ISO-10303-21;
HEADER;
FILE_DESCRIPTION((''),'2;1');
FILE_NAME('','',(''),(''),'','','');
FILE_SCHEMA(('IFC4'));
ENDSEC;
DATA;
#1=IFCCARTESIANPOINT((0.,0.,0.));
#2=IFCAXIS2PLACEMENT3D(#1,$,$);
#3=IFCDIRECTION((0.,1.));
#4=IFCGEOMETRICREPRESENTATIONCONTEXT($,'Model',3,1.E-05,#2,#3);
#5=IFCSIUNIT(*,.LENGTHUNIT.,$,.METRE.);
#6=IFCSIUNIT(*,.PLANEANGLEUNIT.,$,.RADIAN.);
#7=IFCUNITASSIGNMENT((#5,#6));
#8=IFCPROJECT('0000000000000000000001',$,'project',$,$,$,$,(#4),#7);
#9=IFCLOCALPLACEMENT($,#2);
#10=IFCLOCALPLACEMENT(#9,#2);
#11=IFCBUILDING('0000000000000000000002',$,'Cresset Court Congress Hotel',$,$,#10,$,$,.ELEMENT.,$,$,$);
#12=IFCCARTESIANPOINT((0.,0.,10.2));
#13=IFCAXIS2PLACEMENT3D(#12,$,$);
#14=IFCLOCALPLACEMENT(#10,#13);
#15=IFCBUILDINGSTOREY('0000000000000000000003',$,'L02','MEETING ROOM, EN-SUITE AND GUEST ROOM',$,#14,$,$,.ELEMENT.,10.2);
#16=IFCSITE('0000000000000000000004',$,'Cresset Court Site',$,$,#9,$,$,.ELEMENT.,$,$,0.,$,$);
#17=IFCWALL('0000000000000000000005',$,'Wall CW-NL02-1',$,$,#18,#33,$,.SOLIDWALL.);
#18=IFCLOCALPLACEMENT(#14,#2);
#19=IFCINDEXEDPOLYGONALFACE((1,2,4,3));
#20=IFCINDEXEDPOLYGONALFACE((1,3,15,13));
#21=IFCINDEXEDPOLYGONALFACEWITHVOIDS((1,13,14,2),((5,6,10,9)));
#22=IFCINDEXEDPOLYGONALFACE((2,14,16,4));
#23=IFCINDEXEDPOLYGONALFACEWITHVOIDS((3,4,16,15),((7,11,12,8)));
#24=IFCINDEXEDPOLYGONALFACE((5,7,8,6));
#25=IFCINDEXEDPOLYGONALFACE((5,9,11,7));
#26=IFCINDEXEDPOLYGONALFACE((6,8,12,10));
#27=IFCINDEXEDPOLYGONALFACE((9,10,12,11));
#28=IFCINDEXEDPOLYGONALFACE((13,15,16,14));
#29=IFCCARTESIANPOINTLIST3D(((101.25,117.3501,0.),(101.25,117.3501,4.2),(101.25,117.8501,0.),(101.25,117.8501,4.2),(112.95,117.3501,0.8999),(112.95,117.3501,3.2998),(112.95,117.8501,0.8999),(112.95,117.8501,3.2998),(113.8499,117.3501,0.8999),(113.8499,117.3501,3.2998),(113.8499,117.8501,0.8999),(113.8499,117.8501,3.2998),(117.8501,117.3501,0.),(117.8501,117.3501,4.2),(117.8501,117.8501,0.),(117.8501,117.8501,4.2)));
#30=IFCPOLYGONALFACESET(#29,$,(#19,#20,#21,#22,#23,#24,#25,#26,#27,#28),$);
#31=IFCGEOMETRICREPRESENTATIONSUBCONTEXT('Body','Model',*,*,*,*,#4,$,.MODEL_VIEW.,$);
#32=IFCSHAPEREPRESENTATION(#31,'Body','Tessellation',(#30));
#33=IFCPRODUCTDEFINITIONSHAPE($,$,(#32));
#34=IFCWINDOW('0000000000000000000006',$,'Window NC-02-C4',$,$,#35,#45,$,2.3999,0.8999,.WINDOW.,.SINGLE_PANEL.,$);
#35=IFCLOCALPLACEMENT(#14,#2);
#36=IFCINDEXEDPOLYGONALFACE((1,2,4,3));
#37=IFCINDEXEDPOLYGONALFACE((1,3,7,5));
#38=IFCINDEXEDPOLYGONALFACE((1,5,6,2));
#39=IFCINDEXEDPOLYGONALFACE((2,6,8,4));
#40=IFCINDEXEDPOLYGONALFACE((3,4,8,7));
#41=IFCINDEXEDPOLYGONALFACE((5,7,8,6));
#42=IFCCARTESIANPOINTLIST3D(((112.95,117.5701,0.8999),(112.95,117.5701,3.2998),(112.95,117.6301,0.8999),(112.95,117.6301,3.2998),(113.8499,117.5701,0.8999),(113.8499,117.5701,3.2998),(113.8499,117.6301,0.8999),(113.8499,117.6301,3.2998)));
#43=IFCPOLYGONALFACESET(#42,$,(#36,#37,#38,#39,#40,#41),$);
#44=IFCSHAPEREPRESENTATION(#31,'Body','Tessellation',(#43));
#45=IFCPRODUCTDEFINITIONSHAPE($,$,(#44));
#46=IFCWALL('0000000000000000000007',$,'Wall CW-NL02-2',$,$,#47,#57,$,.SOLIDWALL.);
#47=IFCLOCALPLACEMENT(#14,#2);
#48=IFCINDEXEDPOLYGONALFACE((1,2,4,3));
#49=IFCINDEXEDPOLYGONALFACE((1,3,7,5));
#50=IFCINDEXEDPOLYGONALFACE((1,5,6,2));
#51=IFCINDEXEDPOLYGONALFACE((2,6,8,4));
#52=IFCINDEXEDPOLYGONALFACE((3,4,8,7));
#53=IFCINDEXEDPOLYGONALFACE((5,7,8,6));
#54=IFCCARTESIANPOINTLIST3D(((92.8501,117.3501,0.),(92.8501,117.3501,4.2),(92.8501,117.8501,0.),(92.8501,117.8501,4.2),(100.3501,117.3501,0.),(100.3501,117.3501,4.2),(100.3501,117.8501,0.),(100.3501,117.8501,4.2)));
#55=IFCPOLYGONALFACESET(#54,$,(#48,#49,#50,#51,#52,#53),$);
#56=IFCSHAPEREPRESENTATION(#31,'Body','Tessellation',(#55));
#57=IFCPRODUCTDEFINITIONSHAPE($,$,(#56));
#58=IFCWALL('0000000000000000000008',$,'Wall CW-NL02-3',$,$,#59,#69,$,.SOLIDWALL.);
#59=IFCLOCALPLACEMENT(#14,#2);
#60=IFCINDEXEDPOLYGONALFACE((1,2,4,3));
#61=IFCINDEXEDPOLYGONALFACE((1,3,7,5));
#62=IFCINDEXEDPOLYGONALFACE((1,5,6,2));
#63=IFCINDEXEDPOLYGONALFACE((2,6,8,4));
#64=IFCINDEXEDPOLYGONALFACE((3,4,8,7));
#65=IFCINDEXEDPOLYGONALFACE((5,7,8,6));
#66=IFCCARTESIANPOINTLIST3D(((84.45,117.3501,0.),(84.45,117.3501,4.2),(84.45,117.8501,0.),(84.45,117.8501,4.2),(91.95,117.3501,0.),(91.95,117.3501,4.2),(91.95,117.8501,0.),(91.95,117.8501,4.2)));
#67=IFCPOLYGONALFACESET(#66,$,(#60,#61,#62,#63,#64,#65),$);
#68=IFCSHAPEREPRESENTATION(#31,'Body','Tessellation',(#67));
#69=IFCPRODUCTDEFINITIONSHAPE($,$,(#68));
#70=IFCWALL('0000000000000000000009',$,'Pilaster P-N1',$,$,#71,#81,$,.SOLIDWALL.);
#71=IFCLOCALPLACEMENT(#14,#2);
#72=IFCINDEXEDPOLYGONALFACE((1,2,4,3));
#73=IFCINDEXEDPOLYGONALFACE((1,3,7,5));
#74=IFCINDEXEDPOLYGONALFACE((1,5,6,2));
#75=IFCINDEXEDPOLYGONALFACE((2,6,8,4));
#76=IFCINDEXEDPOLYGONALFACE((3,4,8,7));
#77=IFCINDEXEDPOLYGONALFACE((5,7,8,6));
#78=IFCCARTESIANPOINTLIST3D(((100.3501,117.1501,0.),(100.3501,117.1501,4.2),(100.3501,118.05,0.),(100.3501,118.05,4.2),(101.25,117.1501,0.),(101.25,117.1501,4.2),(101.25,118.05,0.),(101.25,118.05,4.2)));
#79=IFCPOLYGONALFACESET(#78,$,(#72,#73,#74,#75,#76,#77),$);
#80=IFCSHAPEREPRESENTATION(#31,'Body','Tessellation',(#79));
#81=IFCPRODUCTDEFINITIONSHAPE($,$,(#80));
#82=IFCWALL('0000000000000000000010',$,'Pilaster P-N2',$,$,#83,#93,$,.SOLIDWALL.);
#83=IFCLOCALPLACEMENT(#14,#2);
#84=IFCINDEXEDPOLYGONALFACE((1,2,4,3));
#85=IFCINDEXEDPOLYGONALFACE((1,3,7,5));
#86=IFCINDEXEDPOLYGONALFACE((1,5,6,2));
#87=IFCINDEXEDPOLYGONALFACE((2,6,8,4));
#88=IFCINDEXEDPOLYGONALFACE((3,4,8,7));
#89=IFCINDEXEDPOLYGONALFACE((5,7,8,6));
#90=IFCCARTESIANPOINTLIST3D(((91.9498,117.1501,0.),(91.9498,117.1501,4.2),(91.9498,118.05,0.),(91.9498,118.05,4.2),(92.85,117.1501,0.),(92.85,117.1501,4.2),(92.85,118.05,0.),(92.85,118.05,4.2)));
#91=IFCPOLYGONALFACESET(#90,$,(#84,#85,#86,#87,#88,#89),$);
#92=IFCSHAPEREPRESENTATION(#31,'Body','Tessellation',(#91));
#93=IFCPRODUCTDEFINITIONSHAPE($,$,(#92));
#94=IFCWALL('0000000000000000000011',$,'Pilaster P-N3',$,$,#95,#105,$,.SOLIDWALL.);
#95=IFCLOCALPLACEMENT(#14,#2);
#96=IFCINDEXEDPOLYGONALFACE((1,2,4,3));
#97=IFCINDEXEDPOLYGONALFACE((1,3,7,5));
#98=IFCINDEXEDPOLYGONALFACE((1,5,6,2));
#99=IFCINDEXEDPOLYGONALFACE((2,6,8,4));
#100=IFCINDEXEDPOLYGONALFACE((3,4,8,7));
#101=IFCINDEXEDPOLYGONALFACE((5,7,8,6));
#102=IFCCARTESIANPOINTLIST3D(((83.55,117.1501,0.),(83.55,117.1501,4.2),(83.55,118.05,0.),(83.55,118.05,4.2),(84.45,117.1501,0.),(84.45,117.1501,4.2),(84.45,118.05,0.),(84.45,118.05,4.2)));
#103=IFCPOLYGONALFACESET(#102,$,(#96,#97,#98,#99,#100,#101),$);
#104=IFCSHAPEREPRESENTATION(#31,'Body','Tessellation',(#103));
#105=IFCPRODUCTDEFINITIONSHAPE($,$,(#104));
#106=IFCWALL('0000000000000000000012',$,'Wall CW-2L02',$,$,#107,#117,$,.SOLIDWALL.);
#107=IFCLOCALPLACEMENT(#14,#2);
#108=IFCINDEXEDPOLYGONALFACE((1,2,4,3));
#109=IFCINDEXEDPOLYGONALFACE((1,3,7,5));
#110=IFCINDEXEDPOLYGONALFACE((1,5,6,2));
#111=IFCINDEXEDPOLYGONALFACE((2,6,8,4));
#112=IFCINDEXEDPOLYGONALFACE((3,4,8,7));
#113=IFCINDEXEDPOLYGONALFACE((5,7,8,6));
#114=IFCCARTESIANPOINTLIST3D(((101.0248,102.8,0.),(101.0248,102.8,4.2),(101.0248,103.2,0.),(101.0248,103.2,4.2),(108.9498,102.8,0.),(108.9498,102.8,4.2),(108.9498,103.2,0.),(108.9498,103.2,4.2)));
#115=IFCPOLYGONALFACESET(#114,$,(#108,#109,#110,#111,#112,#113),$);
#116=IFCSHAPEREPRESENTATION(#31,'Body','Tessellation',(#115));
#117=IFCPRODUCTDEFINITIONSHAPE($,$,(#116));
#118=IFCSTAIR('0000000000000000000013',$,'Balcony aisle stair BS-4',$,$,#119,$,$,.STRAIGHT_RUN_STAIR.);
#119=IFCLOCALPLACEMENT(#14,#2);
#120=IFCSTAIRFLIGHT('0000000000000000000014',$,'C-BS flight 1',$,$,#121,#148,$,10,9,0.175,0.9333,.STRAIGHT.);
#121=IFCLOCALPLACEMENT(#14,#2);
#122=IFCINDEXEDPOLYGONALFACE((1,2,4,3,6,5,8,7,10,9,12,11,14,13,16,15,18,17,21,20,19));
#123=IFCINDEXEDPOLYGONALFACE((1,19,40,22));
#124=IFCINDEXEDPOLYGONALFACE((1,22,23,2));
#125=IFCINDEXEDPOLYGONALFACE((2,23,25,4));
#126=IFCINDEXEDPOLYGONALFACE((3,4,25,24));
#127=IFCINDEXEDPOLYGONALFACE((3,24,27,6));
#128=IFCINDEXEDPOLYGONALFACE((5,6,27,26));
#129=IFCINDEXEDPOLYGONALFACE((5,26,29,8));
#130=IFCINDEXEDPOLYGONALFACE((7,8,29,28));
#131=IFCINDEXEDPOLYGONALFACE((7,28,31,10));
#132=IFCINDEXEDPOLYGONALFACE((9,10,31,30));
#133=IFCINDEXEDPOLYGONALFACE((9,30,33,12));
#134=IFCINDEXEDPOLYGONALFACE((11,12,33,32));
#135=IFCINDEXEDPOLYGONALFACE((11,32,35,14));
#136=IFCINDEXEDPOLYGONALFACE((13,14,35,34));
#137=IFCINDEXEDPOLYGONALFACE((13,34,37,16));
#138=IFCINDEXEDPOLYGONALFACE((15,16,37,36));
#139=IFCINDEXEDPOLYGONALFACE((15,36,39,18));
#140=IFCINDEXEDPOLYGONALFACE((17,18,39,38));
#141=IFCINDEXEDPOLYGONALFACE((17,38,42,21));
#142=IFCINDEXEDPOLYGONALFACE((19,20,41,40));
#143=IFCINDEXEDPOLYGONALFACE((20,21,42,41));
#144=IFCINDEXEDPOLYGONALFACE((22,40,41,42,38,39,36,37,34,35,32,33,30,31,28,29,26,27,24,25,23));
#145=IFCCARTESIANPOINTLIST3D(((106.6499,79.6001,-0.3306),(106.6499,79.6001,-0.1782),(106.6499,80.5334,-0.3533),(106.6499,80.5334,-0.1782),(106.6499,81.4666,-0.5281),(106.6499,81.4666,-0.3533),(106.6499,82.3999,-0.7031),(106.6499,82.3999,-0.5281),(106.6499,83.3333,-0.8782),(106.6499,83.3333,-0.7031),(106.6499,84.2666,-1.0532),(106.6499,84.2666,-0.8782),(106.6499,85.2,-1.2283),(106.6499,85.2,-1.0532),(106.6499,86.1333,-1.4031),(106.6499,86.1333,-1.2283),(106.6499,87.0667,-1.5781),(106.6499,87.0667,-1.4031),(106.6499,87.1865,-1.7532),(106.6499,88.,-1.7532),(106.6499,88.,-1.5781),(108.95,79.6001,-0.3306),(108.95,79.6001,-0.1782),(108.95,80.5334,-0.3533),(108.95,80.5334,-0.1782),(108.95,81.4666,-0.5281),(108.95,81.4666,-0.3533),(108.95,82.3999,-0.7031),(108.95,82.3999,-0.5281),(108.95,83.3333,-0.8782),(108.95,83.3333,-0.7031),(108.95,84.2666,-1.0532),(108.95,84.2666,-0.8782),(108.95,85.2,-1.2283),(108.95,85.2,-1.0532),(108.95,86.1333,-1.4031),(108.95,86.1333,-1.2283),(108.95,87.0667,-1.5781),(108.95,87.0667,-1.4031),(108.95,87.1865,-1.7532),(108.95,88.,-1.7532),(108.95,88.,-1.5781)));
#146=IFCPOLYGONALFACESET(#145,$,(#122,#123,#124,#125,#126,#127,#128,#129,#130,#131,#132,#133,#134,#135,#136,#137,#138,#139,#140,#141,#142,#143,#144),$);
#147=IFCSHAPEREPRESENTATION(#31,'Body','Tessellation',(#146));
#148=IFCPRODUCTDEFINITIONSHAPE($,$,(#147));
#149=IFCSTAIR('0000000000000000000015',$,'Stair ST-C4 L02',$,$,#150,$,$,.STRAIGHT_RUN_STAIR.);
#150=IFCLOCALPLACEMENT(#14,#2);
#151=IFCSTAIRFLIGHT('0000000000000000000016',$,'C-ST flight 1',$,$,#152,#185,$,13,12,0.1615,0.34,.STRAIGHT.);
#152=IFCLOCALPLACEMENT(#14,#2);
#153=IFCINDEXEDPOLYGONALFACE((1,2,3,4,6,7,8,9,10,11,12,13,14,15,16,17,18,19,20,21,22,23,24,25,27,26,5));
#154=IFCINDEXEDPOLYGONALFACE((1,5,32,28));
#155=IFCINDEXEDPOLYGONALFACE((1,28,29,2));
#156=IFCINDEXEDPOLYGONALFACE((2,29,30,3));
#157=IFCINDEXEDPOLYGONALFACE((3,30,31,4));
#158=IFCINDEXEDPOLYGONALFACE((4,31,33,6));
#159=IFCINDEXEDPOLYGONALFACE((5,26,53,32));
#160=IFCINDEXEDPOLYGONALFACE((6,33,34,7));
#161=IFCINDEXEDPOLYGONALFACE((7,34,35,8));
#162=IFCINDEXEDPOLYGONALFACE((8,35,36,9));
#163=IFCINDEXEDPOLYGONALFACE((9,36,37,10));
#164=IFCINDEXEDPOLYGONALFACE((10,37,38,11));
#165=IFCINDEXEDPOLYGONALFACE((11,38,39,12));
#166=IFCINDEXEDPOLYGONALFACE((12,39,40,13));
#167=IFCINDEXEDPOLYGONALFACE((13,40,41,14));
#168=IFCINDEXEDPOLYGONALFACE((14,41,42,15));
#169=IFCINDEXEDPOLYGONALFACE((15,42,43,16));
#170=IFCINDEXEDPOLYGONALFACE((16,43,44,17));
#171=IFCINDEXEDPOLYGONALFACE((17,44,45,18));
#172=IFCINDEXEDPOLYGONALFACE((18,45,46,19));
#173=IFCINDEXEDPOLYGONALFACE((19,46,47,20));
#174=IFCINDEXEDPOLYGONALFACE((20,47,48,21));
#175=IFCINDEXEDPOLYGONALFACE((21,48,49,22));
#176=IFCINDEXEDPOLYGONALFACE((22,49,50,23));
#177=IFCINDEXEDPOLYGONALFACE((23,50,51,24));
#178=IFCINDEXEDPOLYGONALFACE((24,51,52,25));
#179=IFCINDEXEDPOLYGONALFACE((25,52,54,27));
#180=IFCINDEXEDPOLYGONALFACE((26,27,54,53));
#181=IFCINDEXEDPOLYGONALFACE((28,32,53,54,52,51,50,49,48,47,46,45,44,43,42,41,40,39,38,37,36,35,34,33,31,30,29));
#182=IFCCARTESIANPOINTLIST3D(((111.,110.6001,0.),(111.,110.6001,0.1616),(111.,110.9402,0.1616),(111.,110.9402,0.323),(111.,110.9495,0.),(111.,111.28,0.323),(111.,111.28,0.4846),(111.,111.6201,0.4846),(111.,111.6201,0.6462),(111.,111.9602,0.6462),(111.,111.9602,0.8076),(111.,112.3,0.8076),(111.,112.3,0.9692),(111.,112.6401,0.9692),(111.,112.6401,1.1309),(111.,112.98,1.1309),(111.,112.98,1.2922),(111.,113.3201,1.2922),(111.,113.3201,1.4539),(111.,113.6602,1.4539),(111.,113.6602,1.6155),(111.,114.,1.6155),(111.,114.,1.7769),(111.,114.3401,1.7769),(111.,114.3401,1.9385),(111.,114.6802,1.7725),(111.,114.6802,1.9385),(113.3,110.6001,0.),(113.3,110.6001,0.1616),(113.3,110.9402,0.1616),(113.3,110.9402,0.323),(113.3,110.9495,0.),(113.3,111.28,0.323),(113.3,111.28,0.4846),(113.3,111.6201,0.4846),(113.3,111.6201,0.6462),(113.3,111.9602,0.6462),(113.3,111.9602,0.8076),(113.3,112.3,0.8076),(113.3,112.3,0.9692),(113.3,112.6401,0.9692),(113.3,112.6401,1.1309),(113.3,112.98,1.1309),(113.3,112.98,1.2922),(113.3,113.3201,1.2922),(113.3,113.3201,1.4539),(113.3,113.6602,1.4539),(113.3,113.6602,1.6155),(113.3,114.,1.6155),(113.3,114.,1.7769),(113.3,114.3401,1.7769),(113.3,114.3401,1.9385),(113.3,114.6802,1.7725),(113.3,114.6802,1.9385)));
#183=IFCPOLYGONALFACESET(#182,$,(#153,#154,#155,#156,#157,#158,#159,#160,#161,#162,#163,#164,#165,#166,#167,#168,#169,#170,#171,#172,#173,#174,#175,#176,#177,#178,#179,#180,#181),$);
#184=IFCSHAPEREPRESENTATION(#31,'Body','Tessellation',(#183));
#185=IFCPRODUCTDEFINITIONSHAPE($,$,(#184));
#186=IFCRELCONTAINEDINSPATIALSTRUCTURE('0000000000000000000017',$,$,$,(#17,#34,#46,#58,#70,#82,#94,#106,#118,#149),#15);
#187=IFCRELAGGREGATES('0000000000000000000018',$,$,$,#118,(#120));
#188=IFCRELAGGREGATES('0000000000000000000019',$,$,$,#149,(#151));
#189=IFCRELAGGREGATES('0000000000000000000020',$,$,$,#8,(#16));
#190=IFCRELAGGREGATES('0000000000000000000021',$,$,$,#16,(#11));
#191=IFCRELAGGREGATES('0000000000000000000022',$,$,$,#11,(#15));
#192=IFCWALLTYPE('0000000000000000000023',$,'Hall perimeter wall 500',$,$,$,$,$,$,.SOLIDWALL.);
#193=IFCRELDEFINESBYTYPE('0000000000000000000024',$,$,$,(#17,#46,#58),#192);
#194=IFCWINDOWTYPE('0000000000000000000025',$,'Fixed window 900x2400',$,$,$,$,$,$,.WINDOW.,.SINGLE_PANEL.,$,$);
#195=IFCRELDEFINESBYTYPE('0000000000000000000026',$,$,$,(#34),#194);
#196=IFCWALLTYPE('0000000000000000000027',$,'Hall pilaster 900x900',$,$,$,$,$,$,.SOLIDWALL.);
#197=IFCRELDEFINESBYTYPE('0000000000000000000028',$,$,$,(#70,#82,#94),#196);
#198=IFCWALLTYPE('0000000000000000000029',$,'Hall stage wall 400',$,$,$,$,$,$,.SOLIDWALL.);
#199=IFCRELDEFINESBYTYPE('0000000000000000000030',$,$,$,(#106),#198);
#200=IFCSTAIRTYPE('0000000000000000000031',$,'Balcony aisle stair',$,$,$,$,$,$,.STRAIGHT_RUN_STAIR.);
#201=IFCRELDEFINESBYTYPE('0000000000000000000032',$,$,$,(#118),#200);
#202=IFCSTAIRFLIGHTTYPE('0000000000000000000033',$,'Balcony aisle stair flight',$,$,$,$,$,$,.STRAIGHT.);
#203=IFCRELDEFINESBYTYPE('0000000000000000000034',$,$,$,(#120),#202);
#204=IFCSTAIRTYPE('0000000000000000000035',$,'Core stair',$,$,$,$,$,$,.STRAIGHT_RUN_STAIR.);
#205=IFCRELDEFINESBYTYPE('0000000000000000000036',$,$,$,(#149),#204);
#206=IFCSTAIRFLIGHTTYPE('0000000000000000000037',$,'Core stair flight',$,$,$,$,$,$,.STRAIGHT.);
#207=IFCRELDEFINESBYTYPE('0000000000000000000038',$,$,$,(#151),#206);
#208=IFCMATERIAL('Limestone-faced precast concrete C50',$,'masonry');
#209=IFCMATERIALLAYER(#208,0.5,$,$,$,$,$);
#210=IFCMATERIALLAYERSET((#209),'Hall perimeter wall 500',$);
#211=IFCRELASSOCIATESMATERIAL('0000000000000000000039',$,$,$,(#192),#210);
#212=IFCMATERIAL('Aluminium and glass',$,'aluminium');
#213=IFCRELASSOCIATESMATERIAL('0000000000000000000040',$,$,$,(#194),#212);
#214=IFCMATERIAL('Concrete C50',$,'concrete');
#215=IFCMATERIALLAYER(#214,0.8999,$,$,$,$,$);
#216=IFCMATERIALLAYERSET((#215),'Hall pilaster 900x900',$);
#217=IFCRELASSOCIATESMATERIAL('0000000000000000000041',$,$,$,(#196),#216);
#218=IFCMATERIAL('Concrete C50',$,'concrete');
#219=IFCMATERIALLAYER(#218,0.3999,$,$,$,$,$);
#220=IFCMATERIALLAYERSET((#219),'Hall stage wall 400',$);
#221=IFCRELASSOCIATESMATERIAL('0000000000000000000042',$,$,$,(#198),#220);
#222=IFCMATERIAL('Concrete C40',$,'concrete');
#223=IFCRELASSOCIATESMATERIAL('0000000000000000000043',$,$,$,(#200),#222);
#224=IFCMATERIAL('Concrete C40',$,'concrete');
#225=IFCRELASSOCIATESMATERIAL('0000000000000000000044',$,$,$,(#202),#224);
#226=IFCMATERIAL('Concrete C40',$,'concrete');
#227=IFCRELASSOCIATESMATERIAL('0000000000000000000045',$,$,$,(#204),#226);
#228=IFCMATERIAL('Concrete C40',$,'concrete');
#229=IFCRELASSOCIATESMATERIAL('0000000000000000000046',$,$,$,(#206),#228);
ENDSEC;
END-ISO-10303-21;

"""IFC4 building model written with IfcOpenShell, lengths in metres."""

from ifc_helpers import new_model, si_unit, direction, frame, frame_2d, origin, place, context, subcontext, project, spatial, polyline, rectangle, outline, extrude, material, layer, layer_set, type_object, element, fill, aggregate, save


model = new_model("IFC4")

# Units and contexts
model_context = context("Model", 3, precision=1e-05, world=origin(), true_north=direction((0.0, 1.0)))
body_context = subcontext(model_context, "Body", "Model", "MODEL_VIEW")
ifc_project = project(units=[si_unit("LENGTHUNIT", "METRE"), si_unit("PLANEANGLEUNIT", "RADIAN")], contexts=[model_context])

# Site, building, storey
site_placement = place(None, origin())
site = spatial("IfcSite", under=ifc_project, at=site_placement, Name="Cresset Court Site", CompositionType="ELEMENT", RefElevation=0.0)
building_placement = place(site_placement, origin())
building = spatial("IfcBuilding", under=site, at=building_placement, Name="Cresset Court Congress Hotel", CompositionType="ELEMENT")
storey_placement = place(building_placement, frame((0.0, 0.0, 10.2)))
storey = spatial("IfcBuildingStorey", under=building, at=storey_placement, Name="L02", Description="MEETING ROOM, EN-SUITE AND GUEST ROOM", CompositionType="ELEMENT", Elevation=10.2)

# Wall, opening, window
ifc_material_1 = material(Name="Limestone-faced precast concrete C50", Category="masonry")
ifc_layer_1 = layer(ifc_material_1, 0.5)
ifc_layer_set_1 = layer_set([ifc_layer_1], Name="Hall perimeter wall 500")
wall_type_1 = type_object("IfcWallType", Name="Hall perimeter wall 500", PredefinedType="SOLIDWALL", material=ifc_layer_set_1)
wall_1_placement = place(storey_placement, frame((101.25, 117.6001, 0.0), z_axis=(0.0, 0.0, 1.0), x_axis=(1.0, 0.0, 0.0)))
wall_1 = element("IfcWall", 1, at=wall_1_placement, inside=storey, type_object=wall_type_1, Name="Wall CW-NL02-1", PredefinedType="SOLIDWALL", context=body_context, shape_type="SweptSolid", body=[
    extrude(rectangle(XDim=16.6001, YDim=0.5, at=frame_2d((8.3, 0.0))), origin(), (0.0, 0.0, 1.0), 4.2),
])
opening_1_placement = place(wall_1_placement, frame((11.7, 0.0, 0.8999)))
opening_1 = element("IfcOpeningElement", 2, at=opening_1_placement, cuts=wall_1, PredefinedType="OPENING", context=body_context, shape_type="SweptSolid", body=[
    extrude(rectangle(XDim=0.8999, YDim=2.3999, at=frame_2d((0.45, 1.2))), frame((0.0, 0.26, 0.0), z_axis=(0.0, -1.0, 0.0), x_axis=(1.0, 0.0, 0.0)), (0.0, 0.0, 1.0), 0.52),
])
ifc_material_2 = material(Name="Aluminium and glass", Category="aluminium")
window_type = type_object("IfcWindowType", Name="Fixed window 900x2400", PartitioningType="SINGLE_PANEL", PredefinedType="WINDOW", material=ifc_material_2)
window_placement = place(opening_1_placement, origin())
window = element("IfcWindow", 3, at=window_placement, inside=storey, type_object=window_type, Name="Window NC-02-C4", OverallHeight=2.3999, OverallWidth=0.8999, PartitioningType="SINGLE_PANEL", PredefinedType="WINDOW", context=body_context, shape_type="SweptSolid", body=[
    extrude(rectangle(XDim=0.8999, YDim=2.3999, at=frame_2d((0.45, 1.2))), frame((0.0, 0.03, 0.0), z_axis=(0.0, -1.0, 0.0), x_axis=(1.0, 0.0, 0.0)), (0.0, 0.0, 1.0), 0.0601),
])
fill(opening_1, window)

# Walls
for number, where, z_axis, x_axis, name in (
    (4, (92.8501, 117.6001, 0.0), (0.0, 0.0, 1.0), (1.0, 0.0, 0.0), "Wall CW-NL02-2"),
    (5, (84.45, 117.6001, 0.0), (0.0, 0.0, 1.0), (1.0, 0.0, 0.0), "Wall CW-NL02-3"),
):
    element("IfcWall", number, at=place(storey_placement, frame(where, z_axis=z_axis, x_axis=x_axis)), inside=storey, type_object=wall_type_1, Name=name, PredefinedType="SOLIDWALL", context=body_context, shape_type="SweptSolid", body=[
        extrude(rectangle(XDim=7.5, YDim=0.5, at=frame_2d((3.75, 0.0))), origin(), (0.0, 0.0, 1.0), 4.2),
    ])
ifc_material_3 = material(Name="Concrete C50", Category="concrete")
ifc_layer_2 = layer(ifc_material_3, 0.8999)
ifc_layer_set_2 = layer_set([ifc_layer_2], Name="Hall pilaster 900x900")
wall_type_2 = type_object("IfcWallType", Name="Hall pilaster 900x900", PredefinedType="SOLIDWALL", material=ifc_layer_set_2)
wall_2_placement = place(storey_placement, frame((101.25, 117.6001, 0.0), z_axis=(0.0, 0.0, 1.0), x_axis=(-1.0, 0.0, 0.0)))
element("IfcWall", 6, at=wall_2_placement, inside=storey, type_object=wall_type_2, Name="Pilaster P-N1", PredefinedType="SOLIDWALL", context=body_context, shape_type="SweptSolid", body=[
    extrude(rectangle(XDim=0.8999, YDim=0.8999, at=frame_2d((0.45, 0.0))), origin(), (0.0, 0.0, 1.0), 4.2),
])
wall_3_placement = place(storey_placement, frame((92.8501, 117.6001, 0.0), z_axis=(0.0, 0.0, 1.0), x_axis=(-1.0, 0.0, 0.0)))
element("IfcWall", 7, at=wall_3_placement, inside=storey, type_object=wall_type_2, Name="Pilaster P-N2", PredefinedType="SOLIDWALL", context=body_context, shape_type="SweptSolid", body=[
    extrude(rectangle(XDim=0.9001, YDim=0.8999, at=frame_2d((0.4502, 0.0))), origin(), (0.0, 0.0, 1.0), 4.2),
])
wall_4_placement = place(storey_placement, frame((84.45, 117.6001, 0.0), z_axis=(0.0, 0.0, 1.0), x_axis=(-1.0, 0.0, 0.0)))
element("IfcWall", 8, at=wall_4_placement, inside=storey, type_object=wall_type_2, Name="Pilaster P-N3", PredefinedType="SOLIDWALL", context=body_context, shape_type="SweptSolid", body=[
    extrude(rectangle(XDim=0.8999, YDim=0.8999, at=frame_2d((0.45, 0.0))), origin(), (0.0, 0.0, 1.0), 4.2),
])
ifc_material_4 = material(Name="Concrete C50", Category="concrete")
ifc_layer_3 = layer(ifc_material_4, 0.3999)
ifc_layer_set_3 = layer_set([ifc_layer_3], Name="Hall stage wall 400")
wall_type_3 = type_object("IfcWallType", Name="Hall stage wall 400", PredefinedType="SOLIDWALL", material=ifc_layer_set_3)
wall_5_placement = place(storey_placement, frame((101.0249, 103.0, 0.0), z_axis=(0.0, 0.0, 1.0), x_axis=(1.0, 0.0, 0.0)))
element("IfcWall", 9, at=wall_5_placement, inside=storey, type_object=wall_type_3, Name="Wall CW-2L02", PredefinedType="SOLIDWALL", context=body_context, shape_type="SweptSolid", body=[
    extrude(rectangle(XDim=7.925, YDim=0.3999, at=frame_2d((3.9624, 0.0))), origin(), (0.0, 0.0, 1.0), 4.2),
])

# Stairs, stair flights
ifc_material_5 = material(Name="Concrete C40", Category="concrete")
stair_type_1 = type_object("IfcStairType", Name="Balcony aisle stair", PredefinedType="STRAIGHT_RUN_STAIR", material=ifc_material_5)
stair_1_placement = place(storey_placement, origin())
stair_1 = element("IfcStair", 10, at=stair_1_placement, inside=storey, type_object=stair_type_1, Name="Balcony aisle stair BS-4", PredefinedType="STRAIGHT_RUN_STAIR")
ifc_material_6 = material(Name="Concrete C40", Category="concrete")
stair_flight_type_1 = type_object("IfcStairFlightType", Name="Balcony aisle stair flight", PredefinedType="STRAIGHT", material=ifc_material_6)
stair_flight_1_placement = place(storey_placement, frame((107.8, 88.0, -1.7532), z_axis=(0.0, 0.0, 1.0), x_axis=(0.0, -1.0, 0.0)))
stair_flight_1 = element("IfcStairFlight", 11, at=stair_flight_1_placement, type_object=stair_flight_type_1, Name="C-BS flight 1", NumberOfRisers=10, NumberOfTreads=9, PredefinedType="STRAIGHT", RiserHeight=0.175, TreadLength=0.9333, context=body_context, shape_type="SweptSolid", body=[
    extrude(outline(polyline([(0.0, 0.0), (0.0, 0.175), (0.9333, 0.175), (0.9333, 0.3501), (1.8667, 0.3501), (1.8667, 0.5249), (2.8, 0.5249), (2.8, 0.7), (3.7334, 0.7), (3.7334, 0.875), (4.6667, 0.875), (4.6667, 1.05), (5.6001, 1.05), (5.6001, 1.2251), (6.5334, 1.2251), (6.5334, 1.3999), (7.4666, 1.3999), (7.4666, 1.575), (8.3999, 1.575), (8.3999, 1.75), (8.3999, 1.4226), (0.8135, 0.0), (0.0, 0.0)])), frame((0.0, 1.1499, 0.0), z_axis=(0.0, -1.0, 0.0), x_axis=(1.0, 0.0, 0.0)), (0.0, 0.0, 1.0), 2.3),
])
aggregate(stair_1, [stair_flight_1])
ifc_material_7 = material(Name="Concrete C40", Category="concrete")
stair_type_2 = type_object("IfcStairType", Name="Core stair", PredefinedType="STRAIGHT_RUN_STAIR", material=ifc_material_7)
stair_2_placement = place(storey_placement, origin())
stair_2 = element("IfcStair", 12, at=stair_2_placement, inside=storey, type_object=stair_type_2, Name="Stair ST-C4 L02", PredefinedType="STRAIGHT_RUN_STAIR")
ifc_material_8 = material(Name="Concrete C40", Category="concrete")
stair_flight_type_2 = type_object("IfcStairFlightType", Name="Core stair flight", PredefinedType="STRAIGHT", material=ifc_material_8)
stair_flight_2_placement = place(storey_placement, frame((112.1499, 110.6001, 0.0), z_axis=(0.0, 0.0, 1.0), x_axis=(0.0, 1.0, 0.0)))
stair_flight_2 = element("IfcStairFlight", 13, at=stair_flight_2_placement, type_object=stair_flight_type_2, Name="C-ST flight 1", NumberOfRisers=13, NumberOfTreads=12, PredefinedType="STRAIGHT", RiserHeight=0.1615, TreadLength=0.34, context=body_context, shape_type="SweptSolid", body=[
    extrude(outline(polyline([(0.0, 0.0), (0.0, 0.1616), (0.3401, 0.1616), (0.3401, 0.323), (0.6799, 0.323), (0.6799, 0.4846), (1.02, 0.4846), (1.02, 0.6462), (1.3601, 0.6462), (1.3601, 0.8076), (1.7, 0.8076), (1.7, 0.9692), (2.04, 0.9692), (2.04, 1.1309), (2.3799, 1.1309), (2.3799, 1.2922), (2.72, 1.2922), (2.72, 1.4539), (3.0601, 1.4539), (3.0601, 1.6155), (3.3999, 1.6155), (3.3999, 1.7769), (3.74, 1.7769), (3.74, 1.9385), (4.0801, 1.9385), (4.0801, 2.1001), (4.0801, 1.7725), (0.3494, 0.0), (0.0, 0.0)])), frame((0.0, 1.1499, 0.0), z_axis=(0.0, -1.0, 0.0), x_axis=(1.0, 0.0, 0.0)), (0.0, 0.0, 1.0), 2.3),
])
aggregate(stair_2, [stair_flight_2])

save(model, "model.ifc")
